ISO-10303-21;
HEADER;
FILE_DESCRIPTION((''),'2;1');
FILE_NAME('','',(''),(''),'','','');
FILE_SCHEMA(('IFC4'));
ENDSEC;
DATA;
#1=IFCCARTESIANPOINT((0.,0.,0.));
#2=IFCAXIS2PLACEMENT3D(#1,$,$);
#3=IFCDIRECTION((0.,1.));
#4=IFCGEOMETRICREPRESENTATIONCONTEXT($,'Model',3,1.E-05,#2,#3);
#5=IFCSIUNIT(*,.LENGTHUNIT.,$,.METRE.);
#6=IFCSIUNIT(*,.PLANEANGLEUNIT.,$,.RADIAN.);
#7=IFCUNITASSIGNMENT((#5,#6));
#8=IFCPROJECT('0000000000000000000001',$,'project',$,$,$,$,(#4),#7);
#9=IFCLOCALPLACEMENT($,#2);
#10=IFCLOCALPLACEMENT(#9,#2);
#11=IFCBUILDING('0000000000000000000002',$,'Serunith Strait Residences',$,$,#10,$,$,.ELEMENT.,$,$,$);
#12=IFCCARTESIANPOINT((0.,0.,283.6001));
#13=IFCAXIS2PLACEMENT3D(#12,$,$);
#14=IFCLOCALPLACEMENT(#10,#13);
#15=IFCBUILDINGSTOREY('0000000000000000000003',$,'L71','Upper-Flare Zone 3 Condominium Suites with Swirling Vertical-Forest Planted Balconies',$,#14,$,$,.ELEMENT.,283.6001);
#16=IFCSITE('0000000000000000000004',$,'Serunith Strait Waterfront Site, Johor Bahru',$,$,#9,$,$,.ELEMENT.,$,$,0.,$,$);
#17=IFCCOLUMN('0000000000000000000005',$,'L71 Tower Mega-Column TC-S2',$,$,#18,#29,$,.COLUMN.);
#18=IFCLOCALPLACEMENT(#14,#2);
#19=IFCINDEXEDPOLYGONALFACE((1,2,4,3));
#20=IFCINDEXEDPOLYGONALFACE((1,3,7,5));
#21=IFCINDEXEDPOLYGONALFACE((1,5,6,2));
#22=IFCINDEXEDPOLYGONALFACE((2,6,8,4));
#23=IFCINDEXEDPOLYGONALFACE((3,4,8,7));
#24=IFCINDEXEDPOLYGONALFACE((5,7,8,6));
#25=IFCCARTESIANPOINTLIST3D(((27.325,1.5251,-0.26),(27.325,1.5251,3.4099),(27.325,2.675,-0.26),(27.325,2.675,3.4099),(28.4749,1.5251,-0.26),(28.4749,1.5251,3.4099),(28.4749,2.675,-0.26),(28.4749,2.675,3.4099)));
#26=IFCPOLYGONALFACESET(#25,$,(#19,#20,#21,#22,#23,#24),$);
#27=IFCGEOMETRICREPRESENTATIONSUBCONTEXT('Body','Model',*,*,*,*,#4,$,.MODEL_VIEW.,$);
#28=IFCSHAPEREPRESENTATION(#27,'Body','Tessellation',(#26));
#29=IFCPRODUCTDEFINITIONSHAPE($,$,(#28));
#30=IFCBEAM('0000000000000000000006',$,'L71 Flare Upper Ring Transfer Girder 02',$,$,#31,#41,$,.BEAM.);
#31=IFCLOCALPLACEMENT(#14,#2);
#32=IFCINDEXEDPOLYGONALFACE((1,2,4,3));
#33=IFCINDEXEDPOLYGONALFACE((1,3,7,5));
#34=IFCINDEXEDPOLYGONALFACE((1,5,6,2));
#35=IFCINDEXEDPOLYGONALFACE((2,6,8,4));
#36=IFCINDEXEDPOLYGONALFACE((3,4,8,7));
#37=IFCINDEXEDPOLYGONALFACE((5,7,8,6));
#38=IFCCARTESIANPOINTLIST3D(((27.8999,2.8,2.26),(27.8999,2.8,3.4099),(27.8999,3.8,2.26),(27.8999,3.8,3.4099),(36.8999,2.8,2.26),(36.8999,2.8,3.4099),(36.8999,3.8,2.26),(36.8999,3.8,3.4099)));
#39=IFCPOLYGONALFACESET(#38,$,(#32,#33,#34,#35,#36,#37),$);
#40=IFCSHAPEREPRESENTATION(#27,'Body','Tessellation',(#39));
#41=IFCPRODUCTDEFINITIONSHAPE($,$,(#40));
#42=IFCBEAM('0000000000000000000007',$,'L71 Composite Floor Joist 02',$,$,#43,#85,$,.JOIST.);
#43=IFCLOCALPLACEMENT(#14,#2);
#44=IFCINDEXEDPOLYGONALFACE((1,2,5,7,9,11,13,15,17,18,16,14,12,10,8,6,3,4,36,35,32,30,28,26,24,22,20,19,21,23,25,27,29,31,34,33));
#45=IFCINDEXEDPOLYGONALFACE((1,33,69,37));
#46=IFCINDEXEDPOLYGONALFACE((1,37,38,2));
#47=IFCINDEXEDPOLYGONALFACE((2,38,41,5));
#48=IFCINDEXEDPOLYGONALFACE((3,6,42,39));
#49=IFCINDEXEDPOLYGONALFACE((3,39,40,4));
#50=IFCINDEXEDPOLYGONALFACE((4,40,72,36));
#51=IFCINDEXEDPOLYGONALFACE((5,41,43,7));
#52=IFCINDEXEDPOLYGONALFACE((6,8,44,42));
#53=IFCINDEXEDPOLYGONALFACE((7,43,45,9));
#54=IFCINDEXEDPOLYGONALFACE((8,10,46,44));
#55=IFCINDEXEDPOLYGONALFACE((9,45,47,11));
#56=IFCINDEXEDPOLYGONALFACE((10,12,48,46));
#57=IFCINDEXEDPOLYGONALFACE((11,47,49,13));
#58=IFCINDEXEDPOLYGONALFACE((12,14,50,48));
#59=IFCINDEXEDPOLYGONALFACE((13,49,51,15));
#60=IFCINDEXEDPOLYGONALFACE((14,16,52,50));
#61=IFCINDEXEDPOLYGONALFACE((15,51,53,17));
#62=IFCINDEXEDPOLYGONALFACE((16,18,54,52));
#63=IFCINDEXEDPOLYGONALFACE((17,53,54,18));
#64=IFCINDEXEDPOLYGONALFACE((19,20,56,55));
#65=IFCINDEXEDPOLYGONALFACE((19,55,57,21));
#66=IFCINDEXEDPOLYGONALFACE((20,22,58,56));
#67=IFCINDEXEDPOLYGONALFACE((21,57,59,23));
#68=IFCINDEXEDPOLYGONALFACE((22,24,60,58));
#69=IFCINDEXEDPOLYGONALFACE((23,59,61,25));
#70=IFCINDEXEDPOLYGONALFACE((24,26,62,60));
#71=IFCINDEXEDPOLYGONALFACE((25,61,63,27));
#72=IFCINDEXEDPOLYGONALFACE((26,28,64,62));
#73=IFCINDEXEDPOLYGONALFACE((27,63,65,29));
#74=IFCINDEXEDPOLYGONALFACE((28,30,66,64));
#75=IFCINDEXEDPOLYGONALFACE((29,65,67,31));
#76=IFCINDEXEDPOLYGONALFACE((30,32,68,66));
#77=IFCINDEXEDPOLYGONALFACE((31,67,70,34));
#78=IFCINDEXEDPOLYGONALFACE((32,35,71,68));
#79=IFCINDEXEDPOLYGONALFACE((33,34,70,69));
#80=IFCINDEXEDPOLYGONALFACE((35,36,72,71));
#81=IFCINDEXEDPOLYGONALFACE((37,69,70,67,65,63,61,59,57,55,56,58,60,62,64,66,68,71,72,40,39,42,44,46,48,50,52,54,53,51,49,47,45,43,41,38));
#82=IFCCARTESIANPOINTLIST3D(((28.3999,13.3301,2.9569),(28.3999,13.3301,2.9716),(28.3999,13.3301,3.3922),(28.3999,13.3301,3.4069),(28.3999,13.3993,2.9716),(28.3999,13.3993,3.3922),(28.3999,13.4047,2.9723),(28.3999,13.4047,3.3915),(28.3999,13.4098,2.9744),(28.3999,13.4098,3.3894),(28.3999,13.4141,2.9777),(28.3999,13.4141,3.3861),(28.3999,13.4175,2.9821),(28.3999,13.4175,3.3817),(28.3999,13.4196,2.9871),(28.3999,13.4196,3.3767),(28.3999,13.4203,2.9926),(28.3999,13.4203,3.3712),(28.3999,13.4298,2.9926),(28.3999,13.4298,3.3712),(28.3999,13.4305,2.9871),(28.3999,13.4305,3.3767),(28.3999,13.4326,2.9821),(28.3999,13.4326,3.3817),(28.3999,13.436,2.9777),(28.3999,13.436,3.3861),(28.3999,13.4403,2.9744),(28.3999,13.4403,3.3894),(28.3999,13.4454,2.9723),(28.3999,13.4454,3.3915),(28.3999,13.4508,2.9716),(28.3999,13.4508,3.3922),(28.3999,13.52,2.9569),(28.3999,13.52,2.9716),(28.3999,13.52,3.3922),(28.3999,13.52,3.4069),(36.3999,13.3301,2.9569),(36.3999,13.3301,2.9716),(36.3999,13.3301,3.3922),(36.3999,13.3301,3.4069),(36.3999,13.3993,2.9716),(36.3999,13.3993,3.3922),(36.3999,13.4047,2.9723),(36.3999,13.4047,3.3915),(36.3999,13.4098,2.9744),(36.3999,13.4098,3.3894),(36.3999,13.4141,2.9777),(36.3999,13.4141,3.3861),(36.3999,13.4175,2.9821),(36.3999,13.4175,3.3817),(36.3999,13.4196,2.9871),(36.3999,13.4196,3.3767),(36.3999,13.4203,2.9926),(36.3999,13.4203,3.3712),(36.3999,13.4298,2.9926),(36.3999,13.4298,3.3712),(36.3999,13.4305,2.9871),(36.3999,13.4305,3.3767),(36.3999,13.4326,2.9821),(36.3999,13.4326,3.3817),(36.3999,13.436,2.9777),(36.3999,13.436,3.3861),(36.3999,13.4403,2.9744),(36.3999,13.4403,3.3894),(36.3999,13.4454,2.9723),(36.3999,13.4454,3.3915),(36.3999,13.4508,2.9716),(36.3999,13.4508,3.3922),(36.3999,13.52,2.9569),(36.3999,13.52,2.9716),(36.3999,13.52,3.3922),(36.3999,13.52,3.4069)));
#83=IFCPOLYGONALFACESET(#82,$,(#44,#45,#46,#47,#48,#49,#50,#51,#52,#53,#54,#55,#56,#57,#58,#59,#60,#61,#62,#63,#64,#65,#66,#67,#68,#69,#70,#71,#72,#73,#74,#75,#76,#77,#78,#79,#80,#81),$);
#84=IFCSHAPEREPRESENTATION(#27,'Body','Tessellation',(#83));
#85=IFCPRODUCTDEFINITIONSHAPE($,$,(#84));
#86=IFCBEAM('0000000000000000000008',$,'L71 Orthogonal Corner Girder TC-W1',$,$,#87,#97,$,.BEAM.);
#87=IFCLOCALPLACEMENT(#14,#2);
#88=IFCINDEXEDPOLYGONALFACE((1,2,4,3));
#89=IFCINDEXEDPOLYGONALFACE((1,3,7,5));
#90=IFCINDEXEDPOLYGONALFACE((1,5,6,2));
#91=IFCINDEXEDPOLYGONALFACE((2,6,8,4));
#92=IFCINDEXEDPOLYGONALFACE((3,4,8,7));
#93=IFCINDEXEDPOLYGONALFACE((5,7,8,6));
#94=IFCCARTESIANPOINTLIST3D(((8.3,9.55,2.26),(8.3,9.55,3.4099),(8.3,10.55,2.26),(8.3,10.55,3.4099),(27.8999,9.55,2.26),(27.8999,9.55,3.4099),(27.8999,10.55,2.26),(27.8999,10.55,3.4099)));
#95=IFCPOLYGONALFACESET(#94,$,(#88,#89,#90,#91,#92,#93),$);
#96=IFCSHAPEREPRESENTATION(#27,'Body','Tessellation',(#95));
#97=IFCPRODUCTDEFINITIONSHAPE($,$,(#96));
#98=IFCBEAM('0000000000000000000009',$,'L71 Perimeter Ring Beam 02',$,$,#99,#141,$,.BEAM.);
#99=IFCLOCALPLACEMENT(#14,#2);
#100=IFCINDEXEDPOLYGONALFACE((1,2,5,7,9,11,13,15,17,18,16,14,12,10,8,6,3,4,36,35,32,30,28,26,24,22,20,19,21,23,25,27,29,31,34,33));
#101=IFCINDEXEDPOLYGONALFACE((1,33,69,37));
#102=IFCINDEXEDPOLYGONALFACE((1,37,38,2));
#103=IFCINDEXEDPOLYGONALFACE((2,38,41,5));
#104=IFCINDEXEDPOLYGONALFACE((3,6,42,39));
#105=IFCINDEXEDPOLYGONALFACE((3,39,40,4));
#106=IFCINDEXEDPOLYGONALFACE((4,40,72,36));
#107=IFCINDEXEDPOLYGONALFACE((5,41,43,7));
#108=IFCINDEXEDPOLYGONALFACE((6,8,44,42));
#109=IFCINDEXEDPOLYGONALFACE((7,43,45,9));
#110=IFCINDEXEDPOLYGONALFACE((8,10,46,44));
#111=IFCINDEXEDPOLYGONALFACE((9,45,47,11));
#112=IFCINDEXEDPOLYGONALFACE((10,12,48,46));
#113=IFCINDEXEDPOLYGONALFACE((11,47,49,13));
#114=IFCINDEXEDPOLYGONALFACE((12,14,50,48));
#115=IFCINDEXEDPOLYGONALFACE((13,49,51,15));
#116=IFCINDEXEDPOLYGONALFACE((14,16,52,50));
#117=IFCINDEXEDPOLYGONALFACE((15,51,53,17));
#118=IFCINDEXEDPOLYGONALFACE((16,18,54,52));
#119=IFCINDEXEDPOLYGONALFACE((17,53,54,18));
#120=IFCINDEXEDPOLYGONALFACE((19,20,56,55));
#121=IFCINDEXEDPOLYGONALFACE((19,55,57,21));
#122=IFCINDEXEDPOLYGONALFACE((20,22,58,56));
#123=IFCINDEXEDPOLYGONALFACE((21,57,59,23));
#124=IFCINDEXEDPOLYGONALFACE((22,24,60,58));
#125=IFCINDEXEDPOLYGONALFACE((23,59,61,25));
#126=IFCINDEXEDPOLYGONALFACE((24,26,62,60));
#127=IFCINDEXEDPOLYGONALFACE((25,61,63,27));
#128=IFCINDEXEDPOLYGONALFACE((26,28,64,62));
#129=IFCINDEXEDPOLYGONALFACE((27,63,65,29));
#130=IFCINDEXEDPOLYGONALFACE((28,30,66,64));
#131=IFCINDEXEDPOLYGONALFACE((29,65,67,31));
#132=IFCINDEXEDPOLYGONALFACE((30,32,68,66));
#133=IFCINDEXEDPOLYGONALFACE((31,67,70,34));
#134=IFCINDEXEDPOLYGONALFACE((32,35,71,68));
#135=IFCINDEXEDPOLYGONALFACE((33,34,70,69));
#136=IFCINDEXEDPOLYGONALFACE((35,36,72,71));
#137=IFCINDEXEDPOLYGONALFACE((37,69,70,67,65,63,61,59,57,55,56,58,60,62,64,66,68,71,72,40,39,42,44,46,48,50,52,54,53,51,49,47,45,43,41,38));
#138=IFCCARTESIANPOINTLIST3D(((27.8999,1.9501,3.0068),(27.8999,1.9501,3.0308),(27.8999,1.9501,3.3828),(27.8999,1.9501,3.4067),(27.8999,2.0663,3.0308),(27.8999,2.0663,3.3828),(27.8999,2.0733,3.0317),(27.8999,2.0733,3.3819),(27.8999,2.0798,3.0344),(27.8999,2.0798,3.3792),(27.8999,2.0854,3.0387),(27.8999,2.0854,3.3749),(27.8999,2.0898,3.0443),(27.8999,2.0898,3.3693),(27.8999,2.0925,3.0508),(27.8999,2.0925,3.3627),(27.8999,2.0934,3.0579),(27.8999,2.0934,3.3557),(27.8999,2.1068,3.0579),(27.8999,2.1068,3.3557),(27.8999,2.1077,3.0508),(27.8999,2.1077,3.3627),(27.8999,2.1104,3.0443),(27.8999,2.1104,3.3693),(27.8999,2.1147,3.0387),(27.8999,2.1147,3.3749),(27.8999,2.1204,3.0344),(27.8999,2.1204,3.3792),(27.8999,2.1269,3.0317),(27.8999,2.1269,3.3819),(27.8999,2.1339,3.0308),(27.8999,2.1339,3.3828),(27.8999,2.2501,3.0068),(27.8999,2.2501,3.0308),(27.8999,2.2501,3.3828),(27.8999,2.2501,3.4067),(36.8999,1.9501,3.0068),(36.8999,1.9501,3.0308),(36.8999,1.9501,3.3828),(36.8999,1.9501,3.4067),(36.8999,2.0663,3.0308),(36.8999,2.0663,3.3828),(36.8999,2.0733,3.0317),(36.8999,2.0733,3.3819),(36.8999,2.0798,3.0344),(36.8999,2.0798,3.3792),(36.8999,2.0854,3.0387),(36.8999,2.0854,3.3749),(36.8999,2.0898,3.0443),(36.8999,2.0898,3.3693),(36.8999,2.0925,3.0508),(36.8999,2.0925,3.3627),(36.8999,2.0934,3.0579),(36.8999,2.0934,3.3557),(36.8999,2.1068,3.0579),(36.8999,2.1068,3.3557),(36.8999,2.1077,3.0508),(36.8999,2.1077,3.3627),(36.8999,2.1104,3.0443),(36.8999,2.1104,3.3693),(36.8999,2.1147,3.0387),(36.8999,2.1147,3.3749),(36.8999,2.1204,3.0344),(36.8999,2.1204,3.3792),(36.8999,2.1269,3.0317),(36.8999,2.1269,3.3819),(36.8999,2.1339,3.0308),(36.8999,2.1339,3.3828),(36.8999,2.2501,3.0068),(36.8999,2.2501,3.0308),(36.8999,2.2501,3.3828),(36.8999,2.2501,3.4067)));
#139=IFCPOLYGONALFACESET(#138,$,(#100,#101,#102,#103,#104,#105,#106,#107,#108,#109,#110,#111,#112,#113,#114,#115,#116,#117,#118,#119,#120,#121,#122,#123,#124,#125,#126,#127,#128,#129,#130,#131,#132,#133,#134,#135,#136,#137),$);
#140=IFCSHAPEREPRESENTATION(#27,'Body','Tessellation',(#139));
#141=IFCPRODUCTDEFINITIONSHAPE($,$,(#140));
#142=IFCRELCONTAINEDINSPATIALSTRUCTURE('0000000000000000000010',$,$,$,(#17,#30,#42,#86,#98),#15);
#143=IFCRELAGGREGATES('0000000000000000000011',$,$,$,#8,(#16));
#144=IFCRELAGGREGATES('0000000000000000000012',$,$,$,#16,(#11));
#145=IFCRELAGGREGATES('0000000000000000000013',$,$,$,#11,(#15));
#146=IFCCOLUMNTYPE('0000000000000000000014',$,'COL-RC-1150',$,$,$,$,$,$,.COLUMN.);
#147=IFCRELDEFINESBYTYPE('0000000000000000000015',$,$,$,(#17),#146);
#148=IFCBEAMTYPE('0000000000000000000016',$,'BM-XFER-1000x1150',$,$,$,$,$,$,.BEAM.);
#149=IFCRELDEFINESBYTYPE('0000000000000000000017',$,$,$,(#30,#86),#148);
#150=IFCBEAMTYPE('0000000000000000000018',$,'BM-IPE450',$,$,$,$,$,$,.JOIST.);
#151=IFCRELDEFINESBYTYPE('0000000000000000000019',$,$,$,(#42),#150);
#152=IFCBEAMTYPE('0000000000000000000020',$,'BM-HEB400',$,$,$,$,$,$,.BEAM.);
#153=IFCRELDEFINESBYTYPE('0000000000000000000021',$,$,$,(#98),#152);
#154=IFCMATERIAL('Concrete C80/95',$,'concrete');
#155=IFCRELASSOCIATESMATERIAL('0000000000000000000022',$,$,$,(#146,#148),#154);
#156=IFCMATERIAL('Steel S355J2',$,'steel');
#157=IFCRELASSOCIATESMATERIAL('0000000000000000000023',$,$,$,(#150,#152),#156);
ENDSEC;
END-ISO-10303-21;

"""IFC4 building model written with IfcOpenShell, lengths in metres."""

from ifc_helpers import new_model, si_unit, direction, frame, origin, origin_2d, place, context, subcontext, project, spatial, rectangle, i_section, extrude, source, transform, mapped, material, material_profile, profile_set, type_object, element, save


model = new_model("IFC4")

# Units and contexts
model_context = context("Model", 3, precision=1e-05, world=origin(), true_north=direction((0.0, 1.0)))
body_context = subcontext(model_context, "Body", "Model", "MODEL_VIEW")
ifc_project = project(units=[si_unit("LENGTHUNIT", "METRE"), si_unit("PLANEANGLEUNIT", "RADIAN")], contexts=[model_context])

# Site, building, storey
site_placement = place(None, origin())
site = spatial("IfcSite", under=ifc_project, at=site_placement, Name="Serunith Strait Waterfront Site, Johor Bahru", CompositionType="ELEMENT", RefElevation=0.0)
building_placement = place(site_placement, origin())
building = spatial("IfcBuilding", under=site, at=building_placement, Name="Serunith Strait Residences", CompositionType="ELEMENT")
storey_placement = place(building_placement, frame((0.0, 0.0, 283.6001)))
storey = spatial("IfcBuildingStorey", under=building, at=storey_placement, Name="L71", Description="Upper-Flare Zone 3 Condominium Suites with Swirling Vertical-Forest Planted Balconies", CompositionType="ELEMENT", Elevation=283.6001)

# Column
ifc_material_1 = material(Name="Concrete C80/95", Category="concrete")
ifc_material_profile_1 = material_profile(ifc_material_1, rectangle(XDim=1.1499, YDim=1.1499, at=origin_2d()), Name="RC 1150x1150")
ifc_profile_set_1 = profile_set([ifc_material_profile_1], Name="Concrete C80/95")
column_type = type_object("IfcColumnType", Name="COL-RC-1150", PredefinedType="COLUMN", material=ifc_profile_set_1)
shared_shape_1 = source(origin(), body_context, "Body", "SweptSolid", [
    extrude(rectangle(XDim=1.1499, YDim=1.1499, at=origin_2d()), origin(), (0.0, 0.0, 1.0), 3.6699),
])
column_placement = place(storey_placement, frame((27.8999, 2.1001, -0.26), z_axis=(0.0, 0.0, 1.0), x_axis=(1.0, 0.0, 0.0)))
element("IfcColumn", 1, at=column_placement, inside=storey, type_object=column_type, Name="L71 Tower Mega-Column TC-S2", PredefinedType="COLUMN", context=body_context, shape_type="MappedRepresentation", body=[
    mapped(shared_shape_1, transform((0.0, 0.0, 0.0), scale=1.0)),
])

# Beams
ifc_material_profile_2 = material_profile(ifc_material_1, rectangle(XDim=1.0, YDim=1.1499, at=origin_2d()), Name="RC 1000x1150")
ifc_profile_set_2 = profile_set([ifc_material_profile_2], Name="Concrete C80/95")
beam_type_1 = type_object("IfcBeamType", Name="BM-XFER-1000x1150", PredefinedType="BEAM", material=ifc_profile_set_2)
shared_shape_2 = source(origin(), body_context, "Body", "SweptSolid", [
    extrude(rectangle(XDim=1.0, YDim=1.1499, at=origin_2d()), origin(), (0.0, 0.0, 1.0), 9.0),
])
beam_1_placement = place(storey_placement, frame((27.8999, 3.3, 2.835), z_axis=(1.0, 0.0, 0.0), x_axis=(0.0, 1.0, 0.0)))
element("IfcBeam", 2, at=beam_1_placement, inside=storey, type_object=beam_type_1, Name="L71 Flare Upper Ring Transfer Girder 02", PredefinedType="BEAM", context=body_context, shape_type="MappedRepresentation", body=[
    mapped(shared_shape_2, transform((0.0, 0.0, 0.0), scale=1.0)),
])
ifc_material_2 = material(Name="Steel S355J2", Category="steel")
ifc_material_profile_3 = material_profile(ifc_material_2, i_section(OverallWidth=0.1899, OverallDepth=0.45, WebThickness=0.0095, FlangeThickness=0.0146, FilletRadius=0.021, at=origin_2d()), Name="IPE 450")
ifc_profile_set_3 = profile_set([ifc_material_profile_3], Name="Steel S355J2")
beam_type_2 = type_object("IfcBeamType", Name="BM-IPE450", PredefinedType="JOIST", material=ifc_profile_set_3)
shared_shape_3 = source(origin(), body_context, "Body", "SweptSolid", [
    extrude(i_section(OverallWidth=0.1899, OverallDepth=0.45, WebThickness=0.0095, FlangeThickness=0.0146, FilletRadius=0.021, at=origin_2d()), origin(), (0.0, 0.0, 1.0), 8.0),
])
beam_2_placement = place(storey_placement, frame((28.3999, 13.425, 3.1819), z_axis=(1.0, 0.0, 0.0), x_axis=(0.0, 1.0, 0.0)))
element("IfcBeam", 3, at=beam_2_placement, inside=storey, type_object=beam_type_2, Name="L71 Composite Floor Joist 02", PredefinedType="JOIST", context=body_context, shape_type="MappedRepresentation", body=[
    mapped(shared_shape_3, transform((0.0, 0.0, 0.0), scale=1.0)),
])
shared_shape_4 = source(origin(), body_context, "Body", "SweptSolid", [
    extrude(rectangle(XDim=1.0, YDim=1.1499, at=origin_2d()), origin(), (0.0, 0.0, 1.0), 19.5999),
])
beam_3_placement = place(storey_placement, frame((27.8999, 10.05, 2.835), z_axis=(-1.0, 0.0, 0.0), x_axis=(0.0, -1.0, 0.0)))
element("IfcBeam", 4, at=beam_3_placement, inside=storey, type_object=beam_type_1, Name="L71 Orthogonal Corner Girder TC-W1", PredefinedType="BEAM", context=body_context, shape_type="MappedRepresentation", body=[
    mapped(shared_shape_4, transform((0.0, 0.0, 0.0), scale=1.0)),
])
ifc_material_profile_4 = material_profile(ifc_material_2, i_section(OverallWidth=0.3, OverallDepth=0.3999, WebThickness=0.0134, FlangeThickness=0.0239, FilletRadius=0.0271, at=origin_2d()), Name="HEB 400")
ifc_profile_set_4 = profile_set([ifc_material_profile_4], Name="Steel S355J2")
beam_type_3 = type_object("IfcBeamType", Name="BM-HEB400", PredefinedType="BEAM", material=ifc_profile_set_4)
shared_shape_5 = source(origin(), body_context, "Body", "SweptSolid", [
    extrude(i_section(OverallWidth=0.3, OverallDepth=0.3999, WebThickness=0.0134, FlangeThickness=0.0239, FilletRadius=0.0271, at=origin_2d()), origin(), (0.0, 0.0, 1.0), 9.0),
])
beam_4_placement = place(storey_placement, frame((27.8999, 2.1001, 3.2068), z_axis=(1.0, 0.0, 0.0), x_axis=(0.0, 1.0, 0.0)))
element("IfcBeam", 5, at=beam_4_placement, inside=storey, type_object=beam_type_3, Name="L71 Perimeter Ring Beam 02", PredefinedType="BEAM", context=body_context, shape_type="MappedRepresentation", body=[
    mapped(shared_shape_5, transform((0.0, 0.0, 0.0), scale=1.0)),
])

save(model, "model.ifc")
